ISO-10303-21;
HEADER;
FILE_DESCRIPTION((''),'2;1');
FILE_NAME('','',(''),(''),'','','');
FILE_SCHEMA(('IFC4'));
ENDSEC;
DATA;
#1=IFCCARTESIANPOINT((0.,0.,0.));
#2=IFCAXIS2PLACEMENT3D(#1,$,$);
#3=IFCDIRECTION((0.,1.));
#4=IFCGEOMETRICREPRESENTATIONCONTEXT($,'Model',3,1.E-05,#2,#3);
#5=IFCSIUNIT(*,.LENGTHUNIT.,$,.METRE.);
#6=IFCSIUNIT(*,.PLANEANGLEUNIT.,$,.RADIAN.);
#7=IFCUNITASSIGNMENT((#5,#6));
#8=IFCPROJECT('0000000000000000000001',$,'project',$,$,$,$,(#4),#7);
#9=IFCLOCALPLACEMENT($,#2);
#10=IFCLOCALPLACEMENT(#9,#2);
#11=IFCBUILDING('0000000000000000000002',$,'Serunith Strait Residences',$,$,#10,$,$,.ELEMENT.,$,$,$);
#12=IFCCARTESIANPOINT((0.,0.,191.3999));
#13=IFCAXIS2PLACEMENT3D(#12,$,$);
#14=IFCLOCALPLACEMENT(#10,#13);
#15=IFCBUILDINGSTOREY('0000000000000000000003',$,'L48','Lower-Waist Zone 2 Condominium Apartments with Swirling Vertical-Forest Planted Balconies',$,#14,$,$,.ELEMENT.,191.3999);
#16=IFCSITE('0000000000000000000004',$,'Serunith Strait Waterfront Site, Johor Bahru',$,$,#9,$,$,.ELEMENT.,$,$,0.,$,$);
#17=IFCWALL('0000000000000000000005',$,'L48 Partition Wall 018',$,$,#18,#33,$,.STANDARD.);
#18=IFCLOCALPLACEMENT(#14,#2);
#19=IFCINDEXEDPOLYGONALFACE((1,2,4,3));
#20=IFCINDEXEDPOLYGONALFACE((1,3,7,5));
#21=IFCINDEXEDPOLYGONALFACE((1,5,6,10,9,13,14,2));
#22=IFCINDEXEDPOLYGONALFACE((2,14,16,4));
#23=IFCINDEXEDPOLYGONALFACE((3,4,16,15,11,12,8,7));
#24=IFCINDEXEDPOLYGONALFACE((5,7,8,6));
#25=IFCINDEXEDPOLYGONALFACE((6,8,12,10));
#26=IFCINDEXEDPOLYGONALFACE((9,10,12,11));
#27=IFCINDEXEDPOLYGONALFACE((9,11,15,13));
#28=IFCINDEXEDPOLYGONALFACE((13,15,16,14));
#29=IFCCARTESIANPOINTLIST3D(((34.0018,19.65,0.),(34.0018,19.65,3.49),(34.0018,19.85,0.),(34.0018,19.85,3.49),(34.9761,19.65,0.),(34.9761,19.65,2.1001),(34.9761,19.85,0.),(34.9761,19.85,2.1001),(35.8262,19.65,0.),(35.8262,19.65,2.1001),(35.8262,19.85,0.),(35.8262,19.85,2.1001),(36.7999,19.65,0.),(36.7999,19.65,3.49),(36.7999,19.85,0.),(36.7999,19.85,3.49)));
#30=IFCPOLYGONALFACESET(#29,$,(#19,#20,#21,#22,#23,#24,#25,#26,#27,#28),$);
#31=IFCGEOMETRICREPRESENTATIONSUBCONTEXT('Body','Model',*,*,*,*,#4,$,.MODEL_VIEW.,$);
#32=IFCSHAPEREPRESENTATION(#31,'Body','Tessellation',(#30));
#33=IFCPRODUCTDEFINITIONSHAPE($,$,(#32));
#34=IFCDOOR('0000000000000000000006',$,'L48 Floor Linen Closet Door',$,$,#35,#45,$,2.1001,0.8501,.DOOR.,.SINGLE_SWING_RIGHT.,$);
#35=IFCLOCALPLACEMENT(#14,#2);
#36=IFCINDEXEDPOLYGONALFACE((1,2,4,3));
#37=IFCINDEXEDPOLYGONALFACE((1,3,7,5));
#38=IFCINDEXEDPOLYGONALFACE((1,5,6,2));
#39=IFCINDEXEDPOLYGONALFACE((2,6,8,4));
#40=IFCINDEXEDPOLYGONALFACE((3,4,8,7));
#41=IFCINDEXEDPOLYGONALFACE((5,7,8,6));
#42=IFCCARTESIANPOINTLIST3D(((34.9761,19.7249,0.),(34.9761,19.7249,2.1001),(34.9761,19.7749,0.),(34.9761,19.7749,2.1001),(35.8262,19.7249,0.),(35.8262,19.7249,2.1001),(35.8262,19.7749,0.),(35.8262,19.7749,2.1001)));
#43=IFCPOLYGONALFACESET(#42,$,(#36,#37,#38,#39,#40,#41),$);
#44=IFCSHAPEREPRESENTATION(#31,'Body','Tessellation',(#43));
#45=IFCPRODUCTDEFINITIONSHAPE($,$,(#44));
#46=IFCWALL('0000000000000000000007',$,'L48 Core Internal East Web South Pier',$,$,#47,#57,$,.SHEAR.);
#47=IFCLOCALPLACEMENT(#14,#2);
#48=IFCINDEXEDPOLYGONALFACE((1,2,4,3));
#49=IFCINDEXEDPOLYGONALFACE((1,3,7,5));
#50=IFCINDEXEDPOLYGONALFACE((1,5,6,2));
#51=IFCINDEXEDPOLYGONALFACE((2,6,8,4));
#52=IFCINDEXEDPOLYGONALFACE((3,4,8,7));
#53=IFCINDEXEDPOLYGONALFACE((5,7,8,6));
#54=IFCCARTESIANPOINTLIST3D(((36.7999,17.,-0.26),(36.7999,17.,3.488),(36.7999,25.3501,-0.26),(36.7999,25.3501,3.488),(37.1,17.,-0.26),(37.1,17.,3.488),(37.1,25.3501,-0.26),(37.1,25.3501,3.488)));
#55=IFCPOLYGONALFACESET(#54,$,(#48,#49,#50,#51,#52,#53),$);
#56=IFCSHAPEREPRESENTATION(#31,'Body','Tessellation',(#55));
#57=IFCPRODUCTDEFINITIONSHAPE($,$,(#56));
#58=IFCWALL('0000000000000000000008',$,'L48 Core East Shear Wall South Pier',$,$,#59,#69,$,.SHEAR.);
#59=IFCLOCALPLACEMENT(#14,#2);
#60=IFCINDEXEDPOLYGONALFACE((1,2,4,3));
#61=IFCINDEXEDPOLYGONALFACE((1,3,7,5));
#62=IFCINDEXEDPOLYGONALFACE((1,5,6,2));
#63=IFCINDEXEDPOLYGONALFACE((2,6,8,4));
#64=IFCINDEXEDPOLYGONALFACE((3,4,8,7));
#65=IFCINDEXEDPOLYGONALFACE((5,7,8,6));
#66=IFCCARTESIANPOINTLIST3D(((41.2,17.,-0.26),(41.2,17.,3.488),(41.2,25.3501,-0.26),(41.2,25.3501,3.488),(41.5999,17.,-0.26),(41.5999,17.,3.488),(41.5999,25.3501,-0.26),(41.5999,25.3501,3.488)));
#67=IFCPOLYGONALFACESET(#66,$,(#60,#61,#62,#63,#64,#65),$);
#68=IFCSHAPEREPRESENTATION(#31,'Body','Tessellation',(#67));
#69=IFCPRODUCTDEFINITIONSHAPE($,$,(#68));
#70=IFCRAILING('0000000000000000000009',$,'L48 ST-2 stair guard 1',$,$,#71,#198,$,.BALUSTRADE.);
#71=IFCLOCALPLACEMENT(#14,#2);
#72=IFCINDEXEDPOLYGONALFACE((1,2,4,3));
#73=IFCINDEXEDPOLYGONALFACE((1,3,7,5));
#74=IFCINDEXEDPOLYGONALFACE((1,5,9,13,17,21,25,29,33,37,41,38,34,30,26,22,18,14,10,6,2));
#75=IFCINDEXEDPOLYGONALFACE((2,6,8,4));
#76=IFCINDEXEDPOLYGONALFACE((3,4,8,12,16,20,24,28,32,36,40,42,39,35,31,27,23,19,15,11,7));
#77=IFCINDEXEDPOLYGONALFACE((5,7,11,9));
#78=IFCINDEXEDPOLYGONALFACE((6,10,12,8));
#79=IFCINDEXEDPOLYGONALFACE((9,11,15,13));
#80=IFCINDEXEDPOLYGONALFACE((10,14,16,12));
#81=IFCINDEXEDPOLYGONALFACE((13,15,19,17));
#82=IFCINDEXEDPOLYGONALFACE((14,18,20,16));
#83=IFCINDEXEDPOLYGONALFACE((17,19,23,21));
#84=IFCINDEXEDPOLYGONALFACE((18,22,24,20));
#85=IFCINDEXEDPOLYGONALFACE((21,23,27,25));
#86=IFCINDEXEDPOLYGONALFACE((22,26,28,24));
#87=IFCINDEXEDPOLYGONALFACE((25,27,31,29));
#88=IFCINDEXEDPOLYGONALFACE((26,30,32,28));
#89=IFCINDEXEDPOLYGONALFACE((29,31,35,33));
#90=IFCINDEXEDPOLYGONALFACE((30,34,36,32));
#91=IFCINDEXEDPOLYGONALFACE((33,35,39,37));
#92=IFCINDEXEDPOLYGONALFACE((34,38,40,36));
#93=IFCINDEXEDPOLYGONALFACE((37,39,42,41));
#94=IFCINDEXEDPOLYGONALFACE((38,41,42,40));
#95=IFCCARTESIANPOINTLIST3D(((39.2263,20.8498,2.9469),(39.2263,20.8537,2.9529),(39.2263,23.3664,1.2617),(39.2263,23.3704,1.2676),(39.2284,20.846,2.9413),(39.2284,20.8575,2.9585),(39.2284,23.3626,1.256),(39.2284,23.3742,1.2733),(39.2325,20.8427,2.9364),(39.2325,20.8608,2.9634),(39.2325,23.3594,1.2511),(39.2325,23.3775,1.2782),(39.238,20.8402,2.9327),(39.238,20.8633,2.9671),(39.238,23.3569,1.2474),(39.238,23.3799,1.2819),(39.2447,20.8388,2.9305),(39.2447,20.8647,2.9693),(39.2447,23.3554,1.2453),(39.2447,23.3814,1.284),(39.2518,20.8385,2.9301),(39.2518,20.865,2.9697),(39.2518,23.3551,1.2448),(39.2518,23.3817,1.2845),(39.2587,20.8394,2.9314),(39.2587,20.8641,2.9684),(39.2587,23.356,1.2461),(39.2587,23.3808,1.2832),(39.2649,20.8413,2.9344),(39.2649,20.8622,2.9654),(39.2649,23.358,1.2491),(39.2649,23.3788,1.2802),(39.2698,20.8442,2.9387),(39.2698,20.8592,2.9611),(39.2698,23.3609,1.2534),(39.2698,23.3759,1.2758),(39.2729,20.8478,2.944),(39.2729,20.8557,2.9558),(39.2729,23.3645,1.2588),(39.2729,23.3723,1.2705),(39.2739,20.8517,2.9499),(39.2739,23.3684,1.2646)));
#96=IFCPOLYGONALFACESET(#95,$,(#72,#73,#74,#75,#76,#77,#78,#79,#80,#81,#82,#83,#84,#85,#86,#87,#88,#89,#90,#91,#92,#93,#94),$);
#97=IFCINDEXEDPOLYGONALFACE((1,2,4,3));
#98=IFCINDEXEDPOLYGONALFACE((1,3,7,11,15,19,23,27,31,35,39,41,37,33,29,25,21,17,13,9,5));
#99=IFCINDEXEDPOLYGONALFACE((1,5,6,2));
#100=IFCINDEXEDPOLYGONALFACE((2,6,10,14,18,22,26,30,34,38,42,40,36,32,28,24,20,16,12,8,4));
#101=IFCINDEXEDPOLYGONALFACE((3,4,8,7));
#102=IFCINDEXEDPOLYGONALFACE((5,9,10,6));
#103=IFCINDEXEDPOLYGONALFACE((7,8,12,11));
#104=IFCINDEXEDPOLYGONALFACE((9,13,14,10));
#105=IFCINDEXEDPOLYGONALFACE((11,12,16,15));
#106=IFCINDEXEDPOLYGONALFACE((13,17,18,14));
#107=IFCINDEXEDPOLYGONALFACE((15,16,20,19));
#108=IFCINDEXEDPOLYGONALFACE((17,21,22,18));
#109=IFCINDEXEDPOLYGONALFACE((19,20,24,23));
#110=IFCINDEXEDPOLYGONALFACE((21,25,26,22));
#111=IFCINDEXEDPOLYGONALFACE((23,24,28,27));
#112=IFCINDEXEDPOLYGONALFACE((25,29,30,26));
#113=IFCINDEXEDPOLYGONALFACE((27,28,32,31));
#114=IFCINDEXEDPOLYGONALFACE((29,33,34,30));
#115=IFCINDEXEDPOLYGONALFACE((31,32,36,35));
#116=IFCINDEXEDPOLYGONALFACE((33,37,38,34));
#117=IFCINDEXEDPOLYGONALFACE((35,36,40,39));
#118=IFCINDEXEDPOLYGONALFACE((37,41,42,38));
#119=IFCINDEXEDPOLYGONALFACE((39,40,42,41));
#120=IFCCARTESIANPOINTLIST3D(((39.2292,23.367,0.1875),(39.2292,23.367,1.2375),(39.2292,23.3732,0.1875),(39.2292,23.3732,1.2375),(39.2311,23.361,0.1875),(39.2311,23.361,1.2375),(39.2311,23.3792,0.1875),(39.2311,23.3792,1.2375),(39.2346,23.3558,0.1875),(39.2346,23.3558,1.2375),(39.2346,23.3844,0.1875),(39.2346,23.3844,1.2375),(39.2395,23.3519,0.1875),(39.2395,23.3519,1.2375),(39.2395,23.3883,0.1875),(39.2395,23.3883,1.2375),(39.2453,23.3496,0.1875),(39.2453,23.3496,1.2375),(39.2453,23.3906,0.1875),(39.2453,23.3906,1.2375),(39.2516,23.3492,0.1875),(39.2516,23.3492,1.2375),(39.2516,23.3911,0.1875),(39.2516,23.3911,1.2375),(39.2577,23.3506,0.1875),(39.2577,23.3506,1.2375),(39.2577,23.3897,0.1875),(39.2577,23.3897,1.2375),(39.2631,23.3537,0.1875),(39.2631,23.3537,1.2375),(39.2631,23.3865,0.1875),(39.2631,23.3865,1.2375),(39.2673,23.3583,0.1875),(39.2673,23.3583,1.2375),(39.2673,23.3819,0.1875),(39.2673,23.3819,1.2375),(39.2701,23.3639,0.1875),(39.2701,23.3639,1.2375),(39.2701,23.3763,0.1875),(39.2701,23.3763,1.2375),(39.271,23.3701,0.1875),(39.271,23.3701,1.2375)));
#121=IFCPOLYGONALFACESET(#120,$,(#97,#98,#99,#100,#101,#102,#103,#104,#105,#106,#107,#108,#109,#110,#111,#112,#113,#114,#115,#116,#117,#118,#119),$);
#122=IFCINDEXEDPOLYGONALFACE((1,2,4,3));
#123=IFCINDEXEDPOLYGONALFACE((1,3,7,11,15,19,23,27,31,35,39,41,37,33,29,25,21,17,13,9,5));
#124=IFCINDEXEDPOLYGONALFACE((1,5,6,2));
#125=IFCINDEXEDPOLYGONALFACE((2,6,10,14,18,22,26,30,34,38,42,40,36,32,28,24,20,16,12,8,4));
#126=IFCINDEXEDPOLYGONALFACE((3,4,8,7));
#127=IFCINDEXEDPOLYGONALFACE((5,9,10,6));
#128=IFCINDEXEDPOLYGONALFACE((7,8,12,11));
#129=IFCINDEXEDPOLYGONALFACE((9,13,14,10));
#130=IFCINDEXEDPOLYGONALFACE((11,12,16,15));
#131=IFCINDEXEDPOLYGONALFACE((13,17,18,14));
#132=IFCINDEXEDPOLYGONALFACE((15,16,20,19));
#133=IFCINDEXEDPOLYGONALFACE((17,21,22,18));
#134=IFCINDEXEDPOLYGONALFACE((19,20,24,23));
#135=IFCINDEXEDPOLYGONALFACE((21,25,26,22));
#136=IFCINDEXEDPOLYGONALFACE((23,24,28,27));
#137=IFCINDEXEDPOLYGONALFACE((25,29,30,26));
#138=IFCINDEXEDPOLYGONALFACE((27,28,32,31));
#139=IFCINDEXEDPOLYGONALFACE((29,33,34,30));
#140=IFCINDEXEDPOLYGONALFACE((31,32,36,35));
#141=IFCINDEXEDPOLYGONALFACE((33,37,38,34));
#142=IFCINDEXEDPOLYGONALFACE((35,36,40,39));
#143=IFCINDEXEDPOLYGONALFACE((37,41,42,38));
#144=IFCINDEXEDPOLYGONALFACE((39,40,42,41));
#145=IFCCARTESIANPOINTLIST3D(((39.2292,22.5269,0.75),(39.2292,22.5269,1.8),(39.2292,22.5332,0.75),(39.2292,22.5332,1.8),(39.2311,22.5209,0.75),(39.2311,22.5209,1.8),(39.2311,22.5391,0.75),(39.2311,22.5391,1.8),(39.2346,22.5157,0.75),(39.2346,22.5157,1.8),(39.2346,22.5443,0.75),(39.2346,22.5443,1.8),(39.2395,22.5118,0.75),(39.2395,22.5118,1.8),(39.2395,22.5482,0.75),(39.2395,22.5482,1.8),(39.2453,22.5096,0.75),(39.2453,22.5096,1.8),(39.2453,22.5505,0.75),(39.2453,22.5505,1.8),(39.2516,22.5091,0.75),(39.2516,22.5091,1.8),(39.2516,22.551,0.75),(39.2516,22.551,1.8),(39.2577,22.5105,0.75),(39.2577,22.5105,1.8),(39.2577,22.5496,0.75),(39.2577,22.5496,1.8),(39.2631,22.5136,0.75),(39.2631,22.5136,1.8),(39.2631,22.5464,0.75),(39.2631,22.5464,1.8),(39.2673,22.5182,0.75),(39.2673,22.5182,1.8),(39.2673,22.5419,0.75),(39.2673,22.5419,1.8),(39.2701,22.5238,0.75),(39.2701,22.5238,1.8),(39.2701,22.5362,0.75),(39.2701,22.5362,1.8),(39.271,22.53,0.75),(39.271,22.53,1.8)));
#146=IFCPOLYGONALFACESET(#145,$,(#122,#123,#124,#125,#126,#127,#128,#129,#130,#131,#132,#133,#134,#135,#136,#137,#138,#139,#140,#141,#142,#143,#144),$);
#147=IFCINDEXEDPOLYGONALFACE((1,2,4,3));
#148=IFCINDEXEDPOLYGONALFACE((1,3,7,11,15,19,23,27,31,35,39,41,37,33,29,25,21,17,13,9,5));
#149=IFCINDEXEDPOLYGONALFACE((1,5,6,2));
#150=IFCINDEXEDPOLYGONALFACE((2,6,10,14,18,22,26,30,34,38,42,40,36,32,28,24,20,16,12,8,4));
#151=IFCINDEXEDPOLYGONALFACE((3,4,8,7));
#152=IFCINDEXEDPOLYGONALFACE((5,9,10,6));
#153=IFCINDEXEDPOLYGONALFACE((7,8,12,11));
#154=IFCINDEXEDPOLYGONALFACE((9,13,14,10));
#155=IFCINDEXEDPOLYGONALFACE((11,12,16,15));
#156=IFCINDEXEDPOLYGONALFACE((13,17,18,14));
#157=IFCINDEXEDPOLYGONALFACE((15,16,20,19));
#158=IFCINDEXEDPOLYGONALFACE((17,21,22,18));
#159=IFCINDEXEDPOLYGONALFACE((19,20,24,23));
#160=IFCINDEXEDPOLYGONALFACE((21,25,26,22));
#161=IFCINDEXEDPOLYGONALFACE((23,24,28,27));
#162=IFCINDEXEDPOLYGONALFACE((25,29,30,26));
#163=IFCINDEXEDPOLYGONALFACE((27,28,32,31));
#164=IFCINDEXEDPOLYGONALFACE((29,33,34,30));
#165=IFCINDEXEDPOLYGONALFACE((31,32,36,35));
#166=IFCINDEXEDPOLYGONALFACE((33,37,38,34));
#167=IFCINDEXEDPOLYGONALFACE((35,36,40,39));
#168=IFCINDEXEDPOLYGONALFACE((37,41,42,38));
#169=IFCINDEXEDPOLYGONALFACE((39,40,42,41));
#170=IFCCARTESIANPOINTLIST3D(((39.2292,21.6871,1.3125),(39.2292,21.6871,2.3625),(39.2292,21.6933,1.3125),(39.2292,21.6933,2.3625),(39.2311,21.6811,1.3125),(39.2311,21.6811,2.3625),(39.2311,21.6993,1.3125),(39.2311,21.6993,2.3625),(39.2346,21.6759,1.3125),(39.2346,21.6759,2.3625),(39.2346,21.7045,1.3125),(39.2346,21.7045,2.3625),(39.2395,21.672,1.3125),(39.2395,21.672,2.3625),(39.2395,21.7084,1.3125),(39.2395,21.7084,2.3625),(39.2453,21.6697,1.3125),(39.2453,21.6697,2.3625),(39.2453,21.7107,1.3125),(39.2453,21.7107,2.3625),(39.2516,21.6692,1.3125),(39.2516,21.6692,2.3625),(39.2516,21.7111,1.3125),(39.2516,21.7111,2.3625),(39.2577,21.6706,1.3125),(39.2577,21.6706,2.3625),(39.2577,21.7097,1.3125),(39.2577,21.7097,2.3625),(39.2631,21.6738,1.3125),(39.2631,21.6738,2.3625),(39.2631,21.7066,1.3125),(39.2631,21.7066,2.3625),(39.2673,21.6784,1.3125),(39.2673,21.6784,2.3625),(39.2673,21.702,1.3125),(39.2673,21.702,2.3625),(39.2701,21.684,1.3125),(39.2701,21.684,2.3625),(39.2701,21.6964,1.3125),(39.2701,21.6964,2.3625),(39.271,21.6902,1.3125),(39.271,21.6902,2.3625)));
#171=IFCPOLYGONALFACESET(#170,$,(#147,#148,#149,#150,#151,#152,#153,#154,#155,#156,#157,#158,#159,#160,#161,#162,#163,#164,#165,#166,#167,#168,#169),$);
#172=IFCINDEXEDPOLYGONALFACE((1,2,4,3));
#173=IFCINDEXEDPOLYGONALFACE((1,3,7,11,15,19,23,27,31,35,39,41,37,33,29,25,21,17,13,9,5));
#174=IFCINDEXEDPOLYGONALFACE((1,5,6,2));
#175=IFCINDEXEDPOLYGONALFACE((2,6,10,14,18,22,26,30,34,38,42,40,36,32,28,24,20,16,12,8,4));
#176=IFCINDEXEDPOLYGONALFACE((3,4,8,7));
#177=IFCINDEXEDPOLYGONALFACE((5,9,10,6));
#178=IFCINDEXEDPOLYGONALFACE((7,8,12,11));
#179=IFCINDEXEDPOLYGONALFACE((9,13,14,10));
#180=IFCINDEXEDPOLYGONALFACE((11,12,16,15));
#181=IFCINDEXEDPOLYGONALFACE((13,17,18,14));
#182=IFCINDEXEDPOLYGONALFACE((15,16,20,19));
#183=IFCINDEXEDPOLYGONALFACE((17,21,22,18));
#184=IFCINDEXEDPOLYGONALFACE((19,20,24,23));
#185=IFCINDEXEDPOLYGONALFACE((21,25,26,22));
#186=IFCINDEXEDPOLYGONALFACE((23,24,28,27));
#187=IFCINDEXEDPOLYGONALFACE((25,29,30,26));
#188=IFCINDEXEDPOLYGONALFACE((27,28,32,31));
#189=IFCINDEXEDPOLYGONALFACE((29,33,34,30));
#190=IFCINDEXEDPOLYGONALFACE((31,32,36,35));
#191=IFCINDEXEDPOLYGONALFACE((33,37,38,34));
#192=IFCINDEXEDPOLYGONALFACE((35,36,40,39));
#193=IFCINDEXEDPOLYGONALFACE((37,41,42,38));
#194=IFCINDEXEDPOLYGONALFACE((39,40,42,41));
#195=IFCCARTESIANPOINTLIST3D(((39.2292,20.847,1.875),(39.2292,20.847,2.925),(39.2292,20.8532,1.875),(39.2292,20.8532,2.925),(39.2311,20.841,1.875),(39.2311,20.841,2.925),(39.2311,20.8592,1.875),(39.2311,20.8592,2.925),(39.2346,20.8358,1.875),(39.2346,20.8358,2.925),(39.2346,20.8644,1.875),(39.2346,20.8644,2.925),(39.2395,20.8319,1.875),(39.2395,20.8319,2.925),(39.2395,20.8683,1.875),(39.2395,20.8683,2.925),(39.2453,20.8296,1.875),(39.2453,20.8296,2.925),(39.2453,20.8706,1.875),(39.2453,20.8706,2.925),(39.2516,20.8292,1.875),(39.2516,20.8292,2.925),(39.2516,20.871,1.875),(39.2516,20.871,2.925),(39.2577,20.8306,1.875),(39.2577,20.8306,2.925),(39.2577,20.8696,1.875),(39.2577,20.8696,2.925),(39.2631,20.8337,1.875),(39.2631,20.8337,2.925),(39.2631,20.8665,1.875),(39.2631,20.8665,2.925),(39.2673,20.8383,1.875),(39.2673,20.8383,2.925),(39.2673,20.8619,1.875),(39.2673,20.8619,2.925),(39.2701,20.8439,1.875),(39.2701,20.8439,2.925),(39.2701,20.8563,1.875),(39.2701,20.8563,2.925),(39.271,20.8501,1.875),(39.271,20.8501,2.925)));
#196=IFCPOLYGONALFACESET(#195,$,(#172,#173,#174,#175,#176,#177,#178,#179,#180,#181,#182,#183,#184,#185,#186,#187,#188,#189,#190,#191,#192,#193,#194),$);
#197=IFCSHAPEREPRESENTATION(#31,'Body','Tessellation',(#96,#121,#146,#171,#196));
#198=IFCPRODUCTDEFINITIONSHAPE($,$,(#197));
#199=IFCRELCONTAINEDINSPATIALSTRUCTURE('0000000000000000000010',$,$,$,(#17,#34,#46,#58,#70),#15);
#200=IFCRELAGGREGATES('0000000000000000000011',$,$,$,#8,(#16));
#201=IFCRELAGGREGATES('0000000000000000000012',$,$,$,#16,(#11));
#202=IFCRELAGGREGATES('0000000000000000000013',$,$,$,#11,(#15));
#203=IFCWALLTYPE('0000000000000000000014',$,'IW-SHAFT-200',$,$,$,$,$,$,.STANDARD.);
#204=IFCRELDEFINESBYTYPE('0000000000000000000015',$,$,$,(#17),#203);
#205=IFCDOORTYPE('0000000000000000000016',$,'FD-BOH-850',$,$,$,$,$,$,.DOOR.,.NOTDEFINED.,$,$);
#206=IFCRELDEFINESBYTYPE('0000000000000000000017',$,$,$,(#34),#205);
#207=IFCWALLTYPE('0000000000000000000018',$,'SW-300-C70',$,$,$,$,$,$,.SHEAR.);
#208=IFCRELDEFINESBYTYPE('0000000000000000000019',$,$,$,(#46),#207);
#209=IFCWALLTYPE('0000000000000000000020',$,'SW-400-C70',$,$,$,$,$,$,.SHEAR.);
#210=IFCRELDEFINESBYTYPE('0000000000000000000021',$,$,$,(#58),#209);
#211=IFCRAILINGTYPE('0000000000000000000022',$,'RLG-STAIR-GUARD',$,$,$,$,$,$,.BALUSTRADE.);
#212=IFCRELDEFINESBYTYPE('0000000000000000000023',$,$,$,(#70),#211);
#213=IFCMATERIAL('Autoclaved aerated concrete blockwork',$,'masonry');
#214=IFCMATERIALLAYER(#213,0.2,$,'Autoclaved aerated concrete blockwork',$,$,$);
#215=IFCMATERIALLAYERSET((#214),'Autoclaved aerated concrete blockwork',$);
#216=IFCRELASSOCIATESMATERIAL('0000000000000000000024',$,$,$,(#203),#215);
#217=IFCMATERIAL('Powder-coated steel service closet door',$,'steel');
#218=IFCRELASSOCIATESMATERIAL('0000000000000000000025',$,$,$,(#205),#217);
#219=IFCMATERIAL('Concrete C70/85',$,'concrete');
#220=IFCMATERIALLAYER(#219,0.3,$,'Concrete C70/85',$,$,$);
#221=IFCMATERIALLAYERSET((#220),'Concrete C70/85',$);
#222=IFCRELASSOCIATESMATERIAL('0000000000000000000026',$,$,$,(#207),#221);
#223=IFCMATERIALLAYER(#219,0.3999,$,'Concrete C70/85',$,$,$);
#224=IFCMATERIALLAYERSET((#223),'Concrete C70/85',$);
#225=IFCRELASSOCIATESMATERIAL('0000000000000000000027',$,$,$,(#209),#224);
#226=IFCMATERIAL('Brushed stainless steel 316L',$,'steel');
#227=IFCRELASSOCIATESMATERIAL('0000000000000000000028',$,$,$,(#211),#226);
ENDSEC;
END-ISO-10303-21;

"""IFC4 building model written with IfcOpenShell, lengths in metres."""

from ifc_helpers import new_model, si_unit, direction, frame, frame_2d, origin, origin_2d, place, context, subcontext, project, spatial, rectangle, circle, extrude, source, transform, mapped, material, layer, layer_set, type_object, element, fill, save


model = new_model("IFC4")

# Units and contexts
model_context = context("Model", 3, precision=1e-05, world=origin(), true_north=direction((0.0, 1.0)))
body_context = subcontext(model_context, "Body", "Model", "MODEL_VIEW")
ifc_project = project(units=[si_unit("LENGTHUNIT", "METRE"), si_unit("PLANEANGLEUNIT", "RADIAN")], contexts=[model_context])

# Site, building, storey
site_placement = place(None, origin())
site = spatial("IfcSite", under=ifc_project, at=site_placement, Name="Serunith Strait Waterfront Site, Johor Bahru", CompositionType="ELEMENT", RefElevation=0.0)
building_placement = place(site_placement, origin())
building = spatial("IfcBuilding", under=site, at=building_placement, Name="Serunith Strait Residences", CompositionType="ELEMENT")
storey_placement = place(building_placement, frame((0.0, 0.0, 191.3999)))
storey = spatial("IfcBuildingStorey", under=building, at=storey_placement, Name="L48", Description="Lower-Waist Zone 2 Condominium Apartments with Swirling Vertical-Forest Planted Balconies", CompositionType="ELEMENT", Elevation=191.3999)

# Wall, opening, door
ifc_material_1 = material(Name="Autoclaved aerated concrete blockwork", Category="masonry")
ifc_layer_1 = layer(ifc_material_1, 0.2, Name="Autoclaved aerated concrete blockwork")
ifc_layer_set_1 = layer_set([ifc_layer_1], Name="Autoclaved aerated concrete blockwork")
wall_type_1 = type_object("IfcWallType", Name="IW-SHAFT-200", PredefinedType="STANDARD", material=ifc_layer_set_1)
wall_1_placement = place(storey_placement, frame((34.002, 19.75, 0.0), z_axis=(0.0, 0.0, 1.0), x_axis=(1.0, 0.0, 0.0)))
wall_1 = element("IfcWall", 1, at=wall_1_placement, inside=storey, type_object=wall_type_1, Name="L48 Partition Wall 018", PredefinedType="STANDARD", context=body_context, shape_type="SweptSolid", body=[
    extrude(rectangle(XDim=2.7981, YDim=0.2, at=frame_2d((1.3989, 0.0))), origin(), (0.0, 0.0, 1.0), 3.49),
])
opening_1_placement = place(wall_1_placement, frame((0.9741, 0.0, 0.0)))
opening_1 = element("IfcOpeningElement", 2, at=opening_1_placement, cuts=wall_1, PredefinedType="OPENING", context=body_context, shape_type="SweptSolid", body=[
    extrude(rectangle(XDim=0.8501, YDim=2.1001, at=frame_2d((0.425, 1.05))), frame((0.0, 0.1099, 0.0), z_axis=(0.0, -1.0, 0.0), x_axis=(1.0, 0.0, 0.0)), (0.0, 0.0, 1.0), 0.22),
])
ifc_material_2 = material(Name="Powder-coated steel service closet door", Category="steel")
door_type_1 = type_object("IfcDoorType", Name="FD-BOH-850", OperationType="NOTDEFINED", PredefinedType="DOOR", material=ifc_material_2)
shared_shape_1 = source(origin(), body_context, "Body", "SweptSolid", [
    extrude(rectangle(XDim=0.8501, YDim=2.1001, at=frame_2d((0.425, 1.05))), frame((0.0, 0.0249, 0.0), z_axis=(0.0, -1.0, 0.0), x_axis=(1.0, 0.0, 0.0)), (0.0, 0.0, 1.0), 0.05),
])
door_1_placement = place(opening_1_placement, origin())
door_1 = element("IfcDoor", 3, at=door_1_placement, inside=storey, type_object=door_type_1, Name="L48 Floor Linen Closet Door", OperationType="SINGLE_SWING_RIGHT", OverallHeight=2.1001, OverallWidth=0.8501, PredefinedType="DOOR", context=body_context, shape_type="MappedRepresentation", body=[
    mapped(shared_shape_1, transform((0.0, 0.0, 0.0), scale=1.0)),
])
fill(opening_1, door_1)

# Walls
ifc_material_3 = material(Name="Concrete C70/85", Category="concrete")
ifc_layer_2 = layer(ifc_material_3, 0.3, Name="Concrete C70/85")
ifc_layer_set_2 = layer_set([ifc_layer_2], Name="Concrete C70/85")
wall_type_2 = type_object("IfcWallType", Name="SW-300-C70", PredefinedType="SHEAR", material=ifc_layer_set_2)
wall_2_placement = place(storey_placement, frame((36.95, 17.0, -0.26), z_axis=(0.0, 0.0, 1.0), x_axis=(0.0, 1.0, 0.0)))
element("IfcWall", 4, at=wall_2_placement, inside=storey, type_object=wall_type_2, Name="L48 Core Internal East Web South Pier", PredefinedType="SHEAR", context=body_context, shape_type="SweptSolid", body=[
    extrude(rectangle(XDim=8.3501, YDim=0.3, at=frame_2d((4.175, 0.0))), origin(), (0.0, 0.0, 1.0), 3.748),
])
ifc_layer_3 = layer(ifc_material_3, 0.3999, Name="Concrete C70/85")
ifc_layer_set_3 = layer_set([ifc_layer_3], Name="Concrete C70/85")
wall_type_3 = type_object("IfcWallType", Name="SW-400-C70", PredefinedType="SHEAR", material=ifc_layer_set_3)
wall_3_placement = place(storey_placement, frame((41.3999, 17.0, -0.26), z_axis=(0.0, 0.0, 1.0), x_axis=(0.0, 1.0, 0.0)))
element("IfcWall", 5, at=wall_3_placement, inside=storey, type_object=wall_type_3, Name="L48 Core East Shear Wall South Pier", PredefinedType="SHEAR", context=body_context, shape_type="SweptSolid", body=[
    extrude(rectangle(XDim=8.3501, YDim=0.3999, at=frame_2d((4.175, 0.0))), origin(), (0.0, 0.0, 1.0), 3.748),
])

# Railing
ifc_material_4 = material(Name="Brushed stainless steel 316L", Category="steel")
railing_type_1 = type_object("IfcRailingType", Name="RLG-STAIR-GUARD", PredefinedType="BALUSTRADE", material=ifc_material_4)
railing_1_placement = place(storey_placement, frame((39.25, 23.3701, 0.1875)))
element("IfcRailing", 6, at=railing_1_placement, inside=storey, type_object=railing_type_1, Name="L48 ST-2 stair guard 1", PredefinedType="BALUSTRADE", context=body_context, shape_type="SweptSolid", body=[
    extrude(circle(Radius=0.0239, at=origin_2d()), frame((0.0, -0.0017, 1.0771), z_axis=(0.0, -0.830909, 0.556408), x_axis=(1.0, 0.0, 0.0)), (0.0, 0.0, 1.0), 3.0288),
    extrude(circle(Radius=0.021, at=origin_2d()), origin(), (0.0, 0.0, 1.0), 1.05),
    extrude(circle(Radius=0.021, at=origin_2d()), frame((0.0, -0.8401, 0.5625)), (0.0, 0.0, 1.0), 1.05),
    extrude(circle(Radius=0.021, at=origin_2d()), frame((0.0, -1.6799, 1.125)), (0.0, 0.0, 1.0), 1.05),
    extrude(circle(Radius=0.021, at=origin_2d()), frame((0.0, -2.52, 1.6875)), (0.0, 0.0, 1.0), 1.05),
])

save(model, "model.ifc")
